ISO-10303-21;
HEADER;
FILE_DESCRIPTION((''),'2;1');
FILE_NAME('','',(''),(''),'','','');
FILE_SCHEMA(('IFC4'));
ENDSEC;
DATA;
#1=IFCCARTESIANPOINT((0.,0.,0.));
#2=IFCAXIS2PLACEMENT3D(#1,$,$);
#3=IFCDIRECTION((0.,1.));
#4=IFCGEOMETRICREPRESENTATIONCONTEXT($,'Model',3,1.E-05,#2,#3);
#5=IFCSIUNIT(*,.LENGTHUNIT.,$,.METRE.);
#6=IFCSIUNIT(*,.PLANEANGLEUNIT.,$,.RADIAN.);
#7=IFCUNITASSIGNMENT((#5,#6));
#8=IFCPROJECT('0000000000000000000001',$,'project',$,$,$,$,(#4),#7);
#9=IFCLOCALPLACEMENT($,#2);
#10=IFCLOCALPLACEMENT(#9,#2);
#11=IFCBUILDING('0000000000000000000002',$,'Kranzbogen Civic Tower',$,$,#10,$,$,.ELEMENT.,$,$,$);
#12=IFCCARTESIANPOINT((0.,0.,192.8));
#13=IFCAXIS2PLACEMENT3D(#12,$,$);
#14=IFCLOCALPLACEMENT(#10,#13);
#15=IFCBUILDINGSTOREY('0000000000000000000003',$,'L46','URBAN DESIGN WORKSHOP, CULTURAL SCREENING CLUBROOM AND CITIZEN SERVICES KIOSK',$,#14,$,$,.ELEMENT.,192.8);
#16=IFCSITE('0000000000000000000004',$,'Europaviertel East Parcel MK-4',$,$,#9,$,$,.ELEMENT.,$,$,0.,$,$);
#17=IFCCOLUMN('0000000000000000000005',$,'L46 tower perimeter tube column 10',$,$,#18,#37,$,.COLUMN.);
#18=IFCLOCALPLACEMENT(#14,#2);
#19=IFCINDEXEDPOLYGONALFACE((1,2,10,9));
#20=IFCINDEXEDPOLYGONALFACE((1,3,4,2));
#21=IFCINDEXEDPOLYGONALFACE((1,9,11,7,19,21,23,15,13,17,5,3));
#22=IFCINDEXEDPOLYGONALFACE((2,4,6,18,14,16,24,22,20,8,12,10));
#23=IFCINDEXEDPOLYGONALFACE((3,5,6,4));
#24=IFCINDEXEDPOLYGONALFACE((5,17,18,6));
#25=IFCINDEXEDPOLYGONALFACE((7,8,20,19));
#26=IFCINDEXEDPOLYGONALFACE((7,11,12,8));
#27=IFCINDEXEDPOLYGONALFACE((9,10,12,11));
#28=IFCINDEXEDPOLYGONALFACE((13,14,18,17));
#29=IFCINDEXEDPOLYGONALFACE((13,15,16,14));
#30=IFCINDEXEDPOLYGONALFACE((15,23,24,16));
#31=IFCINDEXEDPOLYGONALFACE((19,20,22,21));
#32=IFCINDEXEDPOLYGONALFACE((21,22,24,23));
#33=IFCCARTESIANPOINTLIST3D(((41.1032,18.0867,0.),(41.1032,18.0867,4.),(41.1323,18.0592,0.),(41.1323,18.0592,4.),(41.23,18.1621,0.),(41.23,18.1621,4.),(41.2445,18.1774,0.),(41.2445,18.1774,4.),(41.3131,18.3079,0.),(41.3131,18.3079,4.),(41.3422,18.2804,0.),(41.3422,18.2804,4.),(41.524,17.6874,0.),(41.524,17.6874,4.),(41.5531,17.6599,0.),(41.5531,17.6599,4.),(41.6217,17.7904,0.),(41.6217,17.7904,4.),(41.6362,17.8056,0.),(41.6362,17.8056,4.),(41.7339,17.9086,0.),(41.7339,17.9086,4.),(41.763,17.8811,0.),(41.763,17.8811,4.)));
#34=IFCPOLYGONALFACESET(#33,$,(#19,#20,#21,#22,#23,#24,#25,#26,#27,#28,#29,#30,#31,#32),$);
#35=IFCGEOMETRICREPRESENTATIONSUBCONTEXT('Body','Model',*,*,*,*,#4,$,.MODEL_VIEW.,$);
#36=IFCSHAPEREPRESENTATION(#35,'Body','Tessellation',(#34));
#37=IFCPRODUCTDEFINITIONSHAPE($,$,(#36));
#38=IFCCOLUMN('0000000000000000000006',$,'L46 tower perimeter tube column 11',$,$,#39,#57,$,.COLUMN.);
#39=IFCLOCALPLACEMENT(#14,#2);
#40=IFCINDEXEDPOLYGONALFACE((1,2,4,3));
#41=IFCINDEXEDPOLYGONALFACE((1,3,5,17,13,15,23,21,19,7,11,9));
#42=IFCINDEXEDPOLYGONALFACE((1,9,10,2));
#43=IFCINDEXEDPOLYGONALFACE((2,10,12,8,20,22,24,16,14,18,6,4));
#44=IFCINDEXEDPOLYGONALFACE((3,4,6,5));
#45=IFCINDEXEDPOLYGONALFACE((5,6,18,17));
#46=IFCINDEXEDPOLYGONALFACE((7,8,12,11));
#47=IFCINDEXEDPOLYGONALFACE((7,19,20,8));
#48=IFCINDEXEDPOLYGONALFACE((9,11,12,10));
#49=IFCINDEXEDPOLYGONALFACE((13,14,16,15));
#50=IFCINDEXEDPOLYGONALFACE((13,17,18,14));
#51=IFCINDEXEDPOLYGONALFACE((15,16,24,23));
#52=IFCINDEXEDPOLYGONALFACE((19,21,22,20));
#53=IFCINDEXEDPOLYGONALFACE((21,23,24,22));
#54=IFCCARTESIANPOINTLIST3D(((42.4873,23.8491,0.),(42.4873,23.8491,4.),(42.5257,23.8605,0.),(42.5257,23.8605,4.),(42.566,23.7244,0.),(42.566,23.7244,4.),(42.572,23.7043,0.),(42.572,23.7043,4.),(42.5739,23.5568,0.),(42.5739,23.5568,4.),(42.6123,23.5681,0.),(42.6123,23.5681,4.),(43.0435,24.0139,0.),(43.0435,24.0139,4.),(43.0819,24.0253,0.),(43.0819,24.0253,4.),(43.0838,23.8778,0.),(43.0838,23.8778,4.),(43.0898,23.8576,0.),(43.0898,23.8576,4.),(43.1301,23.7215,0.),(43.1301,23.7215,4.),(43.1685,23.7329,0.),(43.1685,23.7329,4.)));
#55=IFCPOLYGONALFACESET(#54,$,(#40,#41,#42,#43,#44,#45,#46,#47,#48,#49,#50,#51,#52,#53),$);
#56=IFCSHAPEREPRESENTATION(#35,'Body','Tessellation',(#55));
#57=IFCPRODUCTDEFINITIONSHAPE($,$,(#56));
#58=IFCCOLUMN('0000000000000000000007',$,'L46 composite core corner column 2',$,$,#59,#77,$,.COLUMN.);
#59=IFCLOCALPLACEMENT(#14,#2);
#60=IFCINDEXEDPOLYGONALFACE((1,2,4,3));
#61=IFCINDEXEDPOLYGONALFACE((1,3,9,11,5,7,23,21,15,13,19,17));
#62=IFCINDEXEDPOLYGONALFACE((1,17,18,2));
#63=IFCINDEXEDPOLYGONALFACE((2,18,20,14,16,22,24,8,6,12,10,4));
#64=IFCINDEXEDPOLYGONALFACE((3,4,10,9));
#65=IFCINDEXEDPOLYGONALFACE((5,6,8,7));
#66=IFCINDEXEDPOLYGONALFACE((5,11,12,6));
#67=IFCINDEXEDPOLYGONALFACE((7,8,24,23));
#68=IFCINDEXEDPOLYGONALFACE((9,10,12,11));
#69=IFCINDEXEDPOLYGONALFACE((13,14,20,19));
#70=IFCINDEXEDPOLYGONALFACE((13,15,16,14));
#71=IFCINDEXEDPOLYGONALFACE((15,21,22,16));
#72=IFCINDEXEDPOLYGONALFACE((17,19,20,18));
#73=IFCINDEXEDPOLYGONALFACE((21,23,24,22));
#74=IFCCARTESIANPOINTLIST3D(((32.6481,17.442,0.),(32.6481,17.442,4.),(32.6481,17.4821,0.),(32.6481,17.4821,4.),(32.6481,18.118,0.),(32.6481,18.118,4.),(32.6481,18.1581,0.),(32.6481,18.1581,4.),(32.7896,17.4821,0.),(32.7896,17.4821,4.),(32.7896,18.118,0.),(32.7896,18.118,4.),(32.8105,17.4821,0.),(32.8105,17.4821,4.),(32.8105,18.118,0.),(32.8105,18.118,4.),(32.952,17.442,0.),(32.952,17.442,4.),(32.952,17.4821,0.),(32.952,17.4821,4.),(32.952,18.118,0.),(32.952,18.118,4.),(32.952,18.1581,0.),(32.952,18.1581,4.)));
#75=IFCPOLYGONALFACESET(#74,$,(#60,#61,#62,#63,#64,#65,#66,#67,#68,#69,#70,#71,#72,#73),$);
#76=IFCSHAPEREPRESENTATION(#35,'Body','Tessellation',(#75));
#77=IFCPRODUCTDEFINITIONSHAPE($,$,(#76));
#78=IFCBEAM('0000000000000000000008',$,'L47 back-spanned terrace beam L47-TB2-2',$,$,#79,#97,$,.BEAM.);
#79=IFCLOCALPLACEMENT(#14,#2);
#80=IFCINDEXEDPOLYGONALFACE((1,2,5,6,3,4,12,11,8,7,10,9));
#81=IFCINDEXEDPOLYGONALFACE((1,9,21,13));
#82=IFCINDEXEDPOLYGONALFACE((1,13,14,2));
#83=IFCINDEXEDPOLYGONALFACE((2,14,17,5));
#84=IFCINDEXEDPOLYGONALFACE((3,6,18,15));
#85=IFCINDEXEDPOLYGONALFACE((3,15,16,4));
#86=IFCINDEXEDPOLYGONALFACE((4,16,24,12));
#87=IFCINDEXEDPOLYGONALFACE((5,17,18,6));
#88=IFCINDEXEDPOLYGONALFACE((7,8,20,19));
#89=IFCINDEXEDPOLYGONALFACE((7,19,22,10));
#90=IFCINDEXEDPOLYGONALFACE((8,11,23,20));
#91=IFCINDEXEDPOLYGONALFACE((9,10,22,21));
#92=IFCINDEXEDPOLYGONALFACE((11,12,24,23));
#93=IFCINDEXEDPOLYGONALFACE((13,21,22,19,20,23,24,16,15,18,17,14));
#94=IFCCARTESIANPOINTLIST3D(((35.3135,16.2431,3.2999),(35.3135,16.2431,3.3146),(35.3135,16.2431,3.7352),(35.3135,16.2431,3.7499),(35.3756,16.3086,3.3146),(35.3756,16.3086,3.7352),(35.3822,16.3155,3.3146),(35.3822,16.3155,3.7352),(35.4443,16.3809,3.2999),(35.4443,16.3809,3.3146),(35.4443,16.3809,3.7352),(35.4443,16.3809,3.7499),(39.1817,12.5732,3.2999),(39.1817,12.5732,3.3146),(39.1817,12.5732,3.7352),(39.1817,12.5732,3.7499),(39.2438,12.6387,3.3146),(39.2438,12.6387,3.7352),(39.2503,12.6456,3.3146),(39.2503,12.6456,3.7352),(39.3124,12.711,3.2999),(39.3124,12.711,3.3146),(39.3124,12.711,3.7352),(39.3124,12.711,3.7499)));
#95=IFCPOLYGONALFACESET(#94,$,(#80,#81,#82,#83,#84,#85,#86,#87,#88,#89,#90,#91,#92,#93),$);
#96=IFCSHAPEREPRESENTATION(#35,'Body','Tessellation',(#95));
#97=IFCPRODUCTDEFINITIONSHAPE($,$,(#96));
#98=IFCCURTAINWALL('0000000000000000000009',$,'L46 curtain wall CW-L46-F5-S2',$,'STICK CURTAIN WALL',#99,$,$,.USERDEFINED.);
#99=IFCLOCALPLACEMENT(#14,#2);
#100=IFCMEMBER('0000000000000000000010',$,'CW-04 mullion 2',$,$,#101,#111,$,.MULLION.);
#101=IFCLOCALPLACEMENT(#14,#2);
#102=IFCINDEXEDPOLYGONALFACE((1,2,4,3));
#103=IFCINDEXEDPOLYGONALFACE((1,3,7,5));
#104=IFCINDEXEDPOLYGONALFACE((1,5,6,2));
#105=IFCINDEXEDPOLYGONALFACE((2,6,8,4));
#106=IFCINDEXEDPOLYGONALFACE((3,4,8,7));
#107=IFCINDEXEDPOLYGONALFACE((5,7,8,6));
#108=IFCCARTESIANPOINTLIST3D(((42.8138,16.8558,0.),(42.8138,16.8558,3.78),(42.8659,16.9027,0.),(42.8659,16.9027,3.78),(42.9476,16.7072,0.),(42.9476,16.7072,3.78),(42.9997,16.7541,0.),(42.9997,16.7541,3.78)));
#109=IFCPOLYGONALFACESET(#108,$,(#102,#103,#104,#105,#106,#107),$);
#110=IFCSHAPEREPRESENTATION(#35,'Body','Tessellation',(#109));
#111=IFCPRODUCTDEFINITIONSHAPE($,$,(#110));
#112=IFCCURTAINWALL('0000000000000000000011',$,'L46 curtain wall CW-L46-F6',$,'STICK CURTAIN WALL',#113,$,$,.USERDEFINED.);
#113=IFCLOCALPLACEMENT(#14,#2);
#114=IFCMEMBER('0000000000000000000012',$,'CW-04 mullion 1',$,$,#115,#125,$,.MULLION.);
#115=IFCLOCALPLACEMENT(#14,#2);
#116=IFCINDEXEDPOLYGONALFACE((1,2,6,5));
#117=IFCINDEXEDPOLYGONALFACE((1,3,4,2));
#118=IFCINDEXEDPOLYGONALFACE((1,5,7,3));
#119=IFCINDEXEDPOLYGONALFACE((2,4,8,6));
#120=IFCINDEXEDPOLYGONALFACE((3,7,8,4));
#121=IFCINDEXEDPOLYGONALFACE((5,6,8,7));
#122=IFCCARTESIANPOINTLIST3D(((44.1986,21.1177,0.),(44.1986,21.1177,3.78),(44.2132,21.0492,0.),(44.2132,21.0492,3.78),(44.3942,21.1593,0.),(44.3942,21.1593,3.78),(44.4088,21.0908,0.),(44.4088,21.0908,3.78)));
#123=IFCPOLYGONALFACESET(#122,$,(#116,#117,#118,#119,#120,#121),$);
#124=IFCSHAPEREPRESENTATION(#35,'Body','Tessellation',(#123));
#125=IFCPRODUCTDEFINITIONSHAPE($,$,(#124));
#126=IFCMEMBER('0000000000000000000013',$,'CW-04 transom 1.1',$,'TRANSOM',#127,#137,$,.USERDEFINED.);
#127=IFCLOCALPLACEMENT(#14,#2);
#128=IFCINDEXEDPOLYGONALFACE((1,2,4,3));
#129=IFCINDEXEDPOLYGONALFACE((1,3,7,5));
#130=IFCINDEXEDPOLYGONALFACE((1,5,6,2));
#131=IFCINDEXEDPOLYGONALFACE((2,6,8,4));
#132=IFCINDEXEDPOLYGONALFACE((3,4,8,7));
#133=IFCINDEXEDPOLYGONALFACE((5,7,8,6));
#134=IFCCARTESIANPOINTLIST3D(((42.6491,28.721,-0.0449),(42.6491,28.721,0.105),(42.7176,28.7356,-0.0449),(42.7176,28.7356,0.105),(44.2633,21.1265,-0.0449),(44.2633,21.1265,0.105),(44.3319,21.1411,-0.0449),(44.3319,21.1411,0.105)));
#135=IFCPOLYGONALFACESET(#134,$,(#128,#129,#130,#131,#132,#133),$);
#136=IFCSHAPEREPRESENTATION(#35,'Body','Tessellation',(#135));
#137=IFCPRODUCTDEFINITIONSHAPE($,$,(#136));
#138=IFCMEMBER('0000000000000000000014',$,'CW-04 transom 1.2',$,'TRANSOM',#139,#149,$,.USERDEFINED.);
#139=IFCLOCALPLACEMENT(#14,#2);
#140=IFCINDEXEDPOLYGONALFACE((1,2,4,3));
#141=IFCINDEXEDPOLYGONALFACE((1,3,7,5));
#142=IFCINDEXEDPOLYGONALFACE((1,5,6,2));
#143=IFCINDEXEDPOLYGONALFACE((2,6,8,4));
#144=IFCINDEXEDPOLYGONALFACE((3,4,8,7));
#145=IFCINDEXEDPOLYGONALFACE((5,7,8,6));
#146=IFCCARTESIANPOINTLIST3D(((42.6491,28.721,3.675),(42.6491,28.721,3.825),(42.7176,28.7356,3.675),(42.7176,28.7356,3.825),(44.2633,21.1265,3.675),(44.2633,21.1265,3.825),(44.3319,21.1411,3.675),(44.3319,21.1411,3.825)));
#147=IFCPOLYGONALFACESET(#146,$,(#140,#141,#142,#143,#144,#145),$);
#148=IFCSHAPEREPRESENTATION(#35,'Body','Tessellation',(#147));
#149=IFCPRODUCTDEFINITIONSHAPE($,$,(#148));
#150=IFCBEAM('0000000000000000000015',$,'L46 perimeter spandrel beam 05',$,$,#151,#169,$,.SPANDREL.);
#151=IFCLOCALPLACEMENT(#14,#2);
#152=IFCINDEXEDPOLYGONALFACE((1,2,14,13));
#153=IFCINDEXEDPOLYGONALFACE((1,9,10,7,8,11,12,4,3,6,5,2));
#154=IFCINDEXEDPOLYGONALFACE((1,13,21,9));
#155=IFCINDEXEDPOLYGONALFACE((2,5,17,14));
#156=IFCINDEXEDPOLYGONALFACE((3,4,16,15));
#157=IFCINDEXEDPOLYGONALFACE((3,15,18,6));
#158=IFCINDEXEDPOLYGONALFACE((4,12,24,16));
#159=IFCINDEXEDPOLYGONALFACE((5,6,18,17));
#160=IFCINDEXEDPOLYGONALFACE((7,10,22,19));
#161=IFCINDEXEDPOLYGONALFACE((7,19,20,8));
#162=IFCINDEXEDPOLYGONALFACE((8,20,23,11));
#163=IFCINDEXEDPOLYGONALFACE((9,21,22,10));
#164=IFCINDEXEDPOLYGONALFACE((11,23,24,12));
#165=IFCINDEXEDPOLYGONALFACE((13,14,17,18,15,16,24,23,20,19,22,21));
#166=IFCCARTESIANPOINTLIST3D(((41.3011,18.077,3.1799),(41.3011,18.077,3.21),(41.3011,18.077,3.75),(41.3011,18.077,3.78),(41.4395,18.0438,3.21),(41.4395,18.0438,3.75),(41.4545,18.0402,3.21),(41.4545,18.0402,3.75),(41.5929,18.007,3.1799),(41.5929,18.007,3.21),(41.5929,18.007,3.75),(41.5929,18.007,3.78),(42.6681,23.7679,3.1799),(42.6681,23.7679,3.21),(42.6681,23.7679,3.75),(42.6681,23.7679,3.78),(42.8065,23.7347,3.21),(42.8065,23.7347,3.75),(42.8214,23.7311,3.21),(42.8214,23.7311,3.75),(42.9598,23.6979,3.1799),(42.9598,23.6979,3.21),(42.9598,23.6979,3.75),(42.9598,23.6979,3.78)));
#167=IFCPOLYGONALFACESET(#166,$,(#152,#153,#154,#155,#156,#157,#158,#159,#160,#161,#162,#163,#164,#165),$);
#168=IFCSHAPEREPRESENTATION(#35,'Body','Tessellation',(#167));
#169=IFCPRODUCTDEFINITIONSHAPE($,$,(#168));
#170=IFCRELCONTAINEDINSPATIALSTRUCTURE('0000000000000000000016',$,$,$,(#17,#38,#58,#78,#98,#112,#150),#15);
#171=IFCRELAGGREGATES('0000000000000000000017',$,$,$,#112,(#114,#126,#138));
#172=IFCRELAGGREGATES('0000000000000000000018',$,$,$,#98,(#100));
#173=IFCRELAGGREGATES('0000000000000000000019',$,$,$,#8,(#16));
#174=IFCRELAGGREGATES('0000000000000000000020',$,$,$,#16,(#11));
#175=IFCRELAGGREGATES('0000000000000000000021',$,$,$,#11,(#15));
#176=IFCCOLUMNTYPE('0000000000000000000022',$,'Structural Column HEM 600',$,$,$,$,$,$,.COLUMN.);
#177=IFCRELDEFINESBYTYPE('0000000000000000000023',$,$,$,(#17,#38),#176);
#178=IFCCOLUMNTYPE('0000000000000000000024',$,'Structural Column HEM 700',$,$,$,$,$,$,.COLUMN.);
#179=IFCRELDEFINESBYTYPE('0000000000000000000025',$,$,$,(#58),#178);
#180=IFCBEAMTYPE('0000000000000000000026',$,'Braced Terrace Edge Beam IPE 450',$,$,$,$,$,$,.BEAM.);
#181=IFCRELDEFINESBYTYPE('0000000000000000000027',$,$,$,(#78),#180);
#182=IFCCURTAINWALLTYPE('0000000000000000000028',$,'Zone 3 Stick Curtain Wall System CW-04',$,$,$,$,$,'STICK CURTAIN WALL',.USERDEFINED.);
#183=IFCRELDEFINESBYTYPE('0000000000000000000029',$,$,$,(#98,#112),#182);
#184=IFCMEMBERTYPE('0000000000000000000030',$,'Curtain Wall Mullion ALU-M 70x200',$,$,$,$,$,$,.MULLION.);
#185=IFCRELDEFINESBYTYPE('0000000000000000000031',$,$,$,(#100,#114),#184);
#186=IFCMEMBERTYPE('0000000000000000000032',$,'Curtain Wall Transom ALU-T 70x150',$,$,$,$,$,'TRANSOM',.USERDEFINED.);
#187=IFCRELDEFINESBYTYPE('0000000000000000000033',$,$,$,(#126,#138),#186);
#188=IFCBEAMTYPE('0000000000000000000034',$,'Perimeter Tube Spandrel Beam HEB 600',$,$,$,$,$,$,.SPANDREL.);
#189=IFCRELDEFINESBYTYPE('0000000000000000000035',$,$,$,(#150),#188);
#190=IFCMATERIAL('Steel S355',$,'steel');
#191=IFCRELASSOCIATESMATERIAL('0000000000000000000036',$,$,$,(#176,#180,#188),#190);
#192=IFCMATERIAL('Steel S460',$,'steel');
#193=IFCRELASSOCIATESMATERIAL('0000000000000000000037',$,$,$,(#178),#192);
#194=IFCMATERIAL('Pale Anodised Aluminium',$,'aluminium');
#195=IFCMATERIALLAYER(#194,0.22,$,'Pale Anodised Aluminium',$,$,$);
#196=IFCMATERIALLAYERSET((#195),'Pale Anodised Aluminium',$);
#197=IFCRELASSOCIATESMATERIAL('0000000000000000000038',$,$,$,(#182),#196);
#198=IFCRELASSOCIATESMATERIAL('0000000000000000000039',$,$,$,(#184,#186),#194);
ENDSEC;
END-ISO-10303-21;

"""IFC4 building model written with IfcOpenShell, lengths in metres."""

from ifc_helpers import new_model, si_unit, direction, frame, origin, origin_2d, place, context, subcontext, project, spatial, rectangle, i_section, extrude, material, layer, layer_set, material_profile, profile_set, type_object, element, aggregate, save


model = new_model("IFC4")

# Units and contexts
model_context = context("Model", 3, precision=1e-05, world=origin(), true_north=direction((0.0, 1.0)))
body_context = subcontext(model_context, "Body", "Model", "MODEL_VIEW")
ifc_project = project(units=[si_unit("LENGTHUNIT", "METRE"), si_unit("PLANEANGLEUNIT", "RADIAN")], contexts=[model_context])

# Site, building, storey
site_placement = place(None, origin())
site = spatial("IfcSite", under=ifc_project, at=site_placement, Name="Europaviertel East Parcel MK-4", CompositionType="ELEMENT", RefElevation=0.0)
building_placement = place(site_placement, origin())
building = spatial("IfcBuilding", under=site, at=building_placement, Name="Kranzbogen Civic Tower", CompositionType="ELEMENT")
storey_placement = place(building_placement, frame((0.0, 0.0, 192.8)))
storey = spatial("IfcBuildingStorey", under=building, at=storey_placement, Name="L46", Description="URBAN DESIGN WORKSHOP, CULTURAL SCREENING CLUBROOM AND CITIZEN SERVICES KIOSK", CompositionType="ELEMENT", Elevation=192.8)

# Columns
ifc_material_1 = material(Name="Steel S355", Category="steel")
ifc_material_profile_1 = material_profile(ifc_material_1, i_section(OverallWidth=0.3049, OverallDepth=0.6201, WebThickness=0.021, FlangeThickness=0.04, at=origin_2d()), Name="HEM 600")
ifc_profile_set_1 = profile_set([ifc_material_profile_1], Name="Steel S355")
column_type_1 = type_object("IfcColumnType", Name="Structural Column HEM 600", PredefinedType="COLUMN", material=ifc_profile_set_1)
for number, where, z_axis, x_axis, name in (
    (1, (41.4331, 17.9839, 0.0), (0.0, 0.0, 1.0), (0.688355, 0.725374, 0.0), "L46 tower perimeter tube column 10"),
    (2, (42.8279, 23.791, 0.0), (0.0, 0.0, 1.0), (-0.284015, 0.95882, 0.0), "L46 tower perimeter tube column 11"),
):
    element("IfcColumn", number, at=place(storey_placement, frame(where, z_axis=z_axis, x_axis=x_axis)), inside=storey, type_object=column_type_1, Name=name, PredefinedType="COLUMN", context=body_context, shape_type="SweptSolid", body=[
        extrude(i_section(OverallWidth=0.3049, OverallDepth=0.6201, WebThickness=0.021, FlangeThickness=0.04, at=origin_2d()), origin(), (0.0, 0.0, 1.0), 4.0),
    ])
ifc_material_2 = material(Name="Steel S460", Category="steel")
ifc_material_profile_2 = material_profile(ifc_material_2, i_section(OverallWidth=0.304, OverallDepth=0.7161, WebThickness=0.021, FlangeThickness=0.04, at=origin_2d()), Name="HEM 700")
ifc_profile_set_2 = profile_set([ifc_material_profile_2], Name="Steel S460")
column_type_2 = type_object("IfcColumnType", Name="Structural Column HEM 700", PredefinedType="COLUMN", material=ifc_profile_set_2)
column_placement = place(storey_placement, frame((32.8, 17.8, 0.0), z_axis=(0.0, 0.0, 1.0), x_axis=(1.0, 0.0, 0.0)))
element("IfcColumn", 3, at=column_placement, inside=storey, type_object=column_type_2, Name="L46 composite core corner column 2", PredefinedType="COLUMN", context=body_context, shape_type="SweptSolid", body=[
    extrude(i_section(OverallWidth=0.304, OverallDepth=0.7161, WebThickness=0.021, FlangeThickness=0.04, at=origin_2d()), origin(), (0.0, 0.0, 1.0), 4.0),
])

# Beam
ifc_material_profile_3 = material_profile(ifc_material_1, i_section(OverallWidth=0.1899, OverallDepth=0.45, WebThickness=0.0095, FlangeThickness=0.0146, at=origin_2d()), Name="IPE 450")
ifc_profile_set_3 = profile_set([ifc_material_profile_3], Name="Steel S355")
beam_type_1 = type_object("IfcBeamType", Name="Braced Terrace Edge Beam IPE 450", PredefinedType="BEAM", material=ifc_profile_set_3)
beam_1_placement = place(storey_placement, frame((35.3789, 16.312, 3.5249), z_axis=(0.725452, -0.688273, 0.0), x_axis=(0.688273, 0.725452, 0.0)))
element("IfcBeam", 4, at=beam_1_placement, inside=storey, type_object=beam_type_1, Name="L47 back-spanned terrace beam L47-TB2-2", PredefinedType="BEAM", context=body_context, shape_type="SweptSolid", body=[
    extrude(i_section(OverallWidth=0.1899, OverallDepth=0.45, WebThickness=0.0095, FlangeThickness=0.0146, at=origin_2d()), origin(), (0.0, 0.0, 1.0), 5.332),
])

# Curtain wall, member
ifc_material_3 = material(Name="Pale Anodised Aluminium", Category="aluminium")
ifc_layer_1 = layer(ifc_material_3, 0.22, Name="Pale Anodised Aluminium")
ifc_layer_set_1 = layer_set([ifc_layer_1], Name="Pale Anodised Aluminium")
curtain_wall_type = type_object("IfcCurtainWallType", Name="Zone 3 Stick Curtain Wall System CW-04", ElementType="STICK CURTAIN WALL", PredefinedType="USERDEFINED", material=ifc_layer_set_1)
curtain_wall_1_placement = place(storey_placement, origin())
curtain_wall_1 = element("IfcCurtainWall", 5, at=curtain_wall_1_placement, inside=storey, type_object=curtain_wall_type, Name="L46 curtain wall CW-L46-F5-S2", ObjectType="STICK CURTAIN WALL", PredefinedType="USERDEFINED")
ifc_material_profile_4 = material_profile(ifc_material_3, rectangle(XDim=0.0701, YDim=0.2, at=origin_2d()), Name="ALU-M 70x200")
ifc_profile_set_4 = profile_set([ifc_material_profile_4], Name="Pale Anodised Aluminium")
member_type_1 = type_object("IfcMemberType", Name="Curtain Wall Mullion ALU-M 70x200", PredefinedType="MULLION", material=ifc_profile_set_4)
member_1_placement = place(storey_placement, frame((42.9067, 16.8049, 0.0), z_axis=(0.0, 0.0, 1.0), x_axis=(0.743107, 0.669172, 0.0)))
member_1 = element("IfcMember", 6, at=member_1_placement, type_object=member_type_1, Name="CW-04 mullion 2", PredefinedType="MULLION", context=body_context, shape_type="SweptSolid", body=[
    extrude(rectangle(XDim=0.0701, YDim=0.2, at=origin_2d()), origin(), (0.0, 0.0, 1.0), 3.78),
])

# Curtain wall, members
curtain_wall_2_placement = place(storey_placement, origin())
curtain_wall_2 = element("IfcCurtainWall", 7, at=curtain_wall_2_placement, inside=storey, type_object=curtain_wall_type, Name="L46 curtain wall CW-L46-F6", ObjectType="STICK CURTAIN WALL", PredefinedType="USERDEFINED")
member_2_placement = place(storey_placement, frame((44.3037, 21.1042, 0.0), z_axis=(0.0, 0.0, 1.0), x_axis=(-0.207916, 0.978147, 0.0)))
member_2 = element("IfcMember", 8, at=member_2_placement, type_object=member_type_1, Name="CW-04 mullion 1", PredefinedType="MULLION", context=body_context, shape_type="SweptSolid", body=[
    extrude(rectangle(XDim=0.0701, YDim=0.2, at=origin_2d()), origin(), (0.0, 0.0, 1.0), 3.78),
])
ifc_material_profile_5 = material_profile(ifc_material_3, rectangle(XDim=0.0701, YDim=0.1499, at=origin_2d()), Name="ALU-T 70x150")
ifc_profile_set_5 = profile_set([ifc_material_profile_5], Name="Pale Anodised Aluminium")
member_type_2 = type_object("IfcMemberType", Name="Curtain Wall Transom ALU-T 70x150", ElementType="TRANSOM", PredefinedType="USERDEFINED", material=ifc_profile_set_5)
member_3_placement = place(storey_placement, frame((44.2976, 21.1338, 0.03), z_axis=(-0.207912, 0.978148, 0.0), x_axis=(-0.978148, -0.207912, 0.0)))
member_3 = element("IfcMember", 9, at=member_3_placement, type_object=member_type_2, Name="CW-04 transom 1.1", ObjectType="TRANSOM", PredefinedType="USERDEFINED", context=body_context, shape_type="SweptSolid", body=[
    extrude(rectangle(XDim=0.0701, YDim=0.1499, at=origin_2d()), origin(), (0.0, 0.0, 1.0), 7.7642),
])
member_4_placement = place(storey_placement, frame((44.2976, 21.1338, 3.75), z_axis=(-0.207912, 0.978148, 0.0), x_axis=(-0.978148, -0.207912, 0.0)))
member_4 = element("IfcMember", 10, at=member_4_placement, type_object=member_type_2, Name="CW-04 transom 1.2", ObjectType="TRANSOM", PredefinedType="USERDEFINED", context=body_context, shape_type="SweptSolid", body=[
    extrude(rectangle(XDim=0.0701, YDim=0.1499, at=origin_2d()), origin(), (0.0, 0.0, 1.0), 7.7642),
])
aggregate(curtain_wall_2, [member_2, member_3, member_4])

# Beam
ifc_material_profile_6 = material_profile(ifc_material_1, i_section(OverallWidth=0.3, OverallDepth=0.6001, WebThickness=0.0154, FlangeThickness=0.03, at=origin_2d()), Name="HEB 600")
ifc_profile_set_6 = profile_set([ifc_material_profile_6], Name="Steel S355")
beam_type_2 = type_object("IfcBeamType", Name="Perimeter Tube Spandrel Beam HEB 600", PredefinedType="SPANDREL", material=ifc_profile_set_6)
beam_2_placement = place(storey_placement, frame((41.447, 18.042, 3.48), z_axis=(0.233554, 0.972344, 0.0), x_axis=(-0.972344, 0.233554, 0.0)))
element("IfcBeam", 11, at=beam_2_placement, inside=storey, type_object=beam_type_2, Name="L46 perimeter spandrel beam 05", PredefinedType="SPANDREL", context=body_context, shape_type="SweptSolid", body=[
    extrude(i_section(OverallWidth=0.3, OverallDepth=0.6001, WebThickness=0.0154, FlangeThickness=0.03, at=origin_2d()), origin(), (0.0, 0.0, 1.0), 5.8528),
])

aggregate(curtain_wall_1, [member_1])

save(model, "model.ifc")
